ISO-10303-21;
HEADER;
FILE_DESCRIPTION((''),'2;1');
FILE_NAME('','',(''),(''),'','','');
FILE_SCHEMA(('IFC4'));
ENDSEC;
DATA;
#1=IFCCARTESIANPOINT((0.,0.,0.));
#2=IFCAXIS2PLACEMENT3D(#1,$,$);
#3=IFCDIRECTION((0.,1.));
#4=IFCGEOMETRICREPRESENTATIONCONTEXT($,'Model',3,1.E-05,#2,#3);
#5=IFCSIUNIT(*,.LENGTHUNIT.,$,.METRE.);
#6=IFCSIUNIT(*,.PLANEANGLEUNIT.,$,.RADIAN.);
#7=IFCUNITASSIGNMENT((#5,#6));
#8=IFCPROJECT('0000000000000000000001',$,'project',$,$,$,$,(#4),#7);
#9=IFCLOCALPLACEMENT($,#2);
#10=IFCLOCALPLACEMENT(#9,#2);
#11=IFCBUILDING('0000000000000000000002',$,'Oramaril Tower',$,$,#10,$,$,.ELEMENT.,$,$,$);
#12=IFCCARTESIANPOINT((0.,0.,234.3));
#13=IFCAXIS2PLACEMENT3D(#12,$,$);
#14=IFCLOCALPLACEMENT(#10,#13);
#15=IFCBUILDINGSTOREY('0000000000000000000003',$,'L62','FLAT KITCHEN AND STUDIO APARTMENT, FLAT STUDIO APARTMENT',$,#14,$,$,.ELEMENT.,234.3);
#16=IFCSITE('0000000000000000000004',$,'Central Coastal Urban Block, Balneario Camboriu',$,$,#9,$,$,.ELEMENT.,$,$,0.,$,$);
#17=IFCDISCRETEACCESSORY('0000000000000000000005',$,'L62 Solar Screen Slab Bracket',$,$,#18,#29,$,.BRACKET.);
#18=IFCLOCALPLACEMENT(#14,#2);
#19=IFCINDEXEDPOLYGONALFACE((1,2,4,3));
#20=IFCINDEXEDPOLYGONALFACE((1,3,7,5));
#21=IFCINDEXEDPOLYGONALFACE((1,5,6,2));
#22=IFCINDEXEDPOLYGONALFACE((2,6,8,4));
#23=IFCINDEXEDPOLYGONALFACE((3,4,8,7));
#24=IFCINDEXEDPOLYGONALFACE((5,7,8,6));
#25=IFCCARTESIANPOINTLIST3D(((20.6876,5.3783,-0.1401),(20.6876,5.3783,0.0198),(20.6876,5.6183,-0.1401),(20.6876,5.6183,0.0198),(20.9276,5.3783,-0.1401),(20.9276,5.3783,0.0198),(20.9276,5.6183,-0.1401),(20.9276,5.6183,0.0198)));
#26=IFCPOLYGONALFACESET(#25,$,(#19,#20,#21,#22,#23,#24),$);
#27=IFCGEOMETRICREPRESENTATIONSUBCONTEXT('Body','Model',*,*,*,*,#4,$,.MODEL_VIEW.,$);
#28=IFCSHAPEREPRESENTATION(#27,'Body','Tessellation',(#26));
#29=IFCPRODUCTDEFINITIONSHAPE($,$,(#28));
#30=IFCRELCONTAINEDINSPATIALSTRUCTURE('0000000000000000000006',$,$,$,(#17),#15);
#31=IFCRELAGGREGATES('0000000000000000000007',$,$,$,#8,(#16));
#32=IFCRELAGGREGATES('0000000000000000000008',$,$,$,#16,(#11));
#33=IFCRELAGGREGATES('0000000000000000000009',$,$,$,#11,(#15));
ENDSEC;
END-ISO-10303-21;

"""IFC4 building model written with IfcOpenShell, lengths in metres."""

from ifc_helpers import new_model, si_unit, direction, frame, origin, origin_2d, place, context, subcontext, project, spatial, rectangle, extrude, element, save


model = new_model("IFC4")

# Units and contexts
model_context = context("Model", 3, precision=1e-05, world=origin(), true_north=direction((0.0, 1.0)))
body_context = subcontext(model_context, "Body", "Model", "MODEL_VIEW")
ifc_project = project(units=[si_unit("LENGTHUNIT", "METRE"), si_unit("PLANEANGLEUNIT", "RADIAN")], contexts=[model_context])

# Site, building, storey
site_placement = place(None, origin())
site = spatial("IfcSite", under=ifc_project, at=site_placement, Name="Central Coastal Urban Block, Balneario Camboriu", CompositionType="ELEMENT", RefElevation=0.0)
building_placement = place(site_placement, origin())
building = spatial("IfcBuilding", under=site, at=building_placement, Name="Oramaril Tower", CompositionType="ELEMENT")
storey_placement = place(building_placement, frame((0.0, 0.0, 234.3)))
storey = spatial("IfcBuildingStorey", under=building, at=storey_placement, Name="L62", Description="FLAT KITCHEN AND STUDIO APARTMENT, FLAT STUDIO APARTMENT", CompositionType="ELEMENT", Elevation=234.3)

# Discrete accessory
discrete_accessory_placement = place(storey_placement, frame((20.8076, 5.4983, -0.1401), z_axis=(0.0, 0.0, 1.0), x_axis=(1.0, 0.0, 0.0)))
element("IfcDiscreteAccessory", 1, at=discrete_accessory_placement, inside=storey, Name="L62 Solar Screen Slab Bracket", PredefinedType="BRACKET", context=body_context, shape_type="SweptSolid", body=[
    extrude(rectangle(XDim=0.24, YDim=0.24, at=origin_2d()), origin(), (0.0, 0.0, 1.0), 0.1599),
])

save(model, "model.ifc")
